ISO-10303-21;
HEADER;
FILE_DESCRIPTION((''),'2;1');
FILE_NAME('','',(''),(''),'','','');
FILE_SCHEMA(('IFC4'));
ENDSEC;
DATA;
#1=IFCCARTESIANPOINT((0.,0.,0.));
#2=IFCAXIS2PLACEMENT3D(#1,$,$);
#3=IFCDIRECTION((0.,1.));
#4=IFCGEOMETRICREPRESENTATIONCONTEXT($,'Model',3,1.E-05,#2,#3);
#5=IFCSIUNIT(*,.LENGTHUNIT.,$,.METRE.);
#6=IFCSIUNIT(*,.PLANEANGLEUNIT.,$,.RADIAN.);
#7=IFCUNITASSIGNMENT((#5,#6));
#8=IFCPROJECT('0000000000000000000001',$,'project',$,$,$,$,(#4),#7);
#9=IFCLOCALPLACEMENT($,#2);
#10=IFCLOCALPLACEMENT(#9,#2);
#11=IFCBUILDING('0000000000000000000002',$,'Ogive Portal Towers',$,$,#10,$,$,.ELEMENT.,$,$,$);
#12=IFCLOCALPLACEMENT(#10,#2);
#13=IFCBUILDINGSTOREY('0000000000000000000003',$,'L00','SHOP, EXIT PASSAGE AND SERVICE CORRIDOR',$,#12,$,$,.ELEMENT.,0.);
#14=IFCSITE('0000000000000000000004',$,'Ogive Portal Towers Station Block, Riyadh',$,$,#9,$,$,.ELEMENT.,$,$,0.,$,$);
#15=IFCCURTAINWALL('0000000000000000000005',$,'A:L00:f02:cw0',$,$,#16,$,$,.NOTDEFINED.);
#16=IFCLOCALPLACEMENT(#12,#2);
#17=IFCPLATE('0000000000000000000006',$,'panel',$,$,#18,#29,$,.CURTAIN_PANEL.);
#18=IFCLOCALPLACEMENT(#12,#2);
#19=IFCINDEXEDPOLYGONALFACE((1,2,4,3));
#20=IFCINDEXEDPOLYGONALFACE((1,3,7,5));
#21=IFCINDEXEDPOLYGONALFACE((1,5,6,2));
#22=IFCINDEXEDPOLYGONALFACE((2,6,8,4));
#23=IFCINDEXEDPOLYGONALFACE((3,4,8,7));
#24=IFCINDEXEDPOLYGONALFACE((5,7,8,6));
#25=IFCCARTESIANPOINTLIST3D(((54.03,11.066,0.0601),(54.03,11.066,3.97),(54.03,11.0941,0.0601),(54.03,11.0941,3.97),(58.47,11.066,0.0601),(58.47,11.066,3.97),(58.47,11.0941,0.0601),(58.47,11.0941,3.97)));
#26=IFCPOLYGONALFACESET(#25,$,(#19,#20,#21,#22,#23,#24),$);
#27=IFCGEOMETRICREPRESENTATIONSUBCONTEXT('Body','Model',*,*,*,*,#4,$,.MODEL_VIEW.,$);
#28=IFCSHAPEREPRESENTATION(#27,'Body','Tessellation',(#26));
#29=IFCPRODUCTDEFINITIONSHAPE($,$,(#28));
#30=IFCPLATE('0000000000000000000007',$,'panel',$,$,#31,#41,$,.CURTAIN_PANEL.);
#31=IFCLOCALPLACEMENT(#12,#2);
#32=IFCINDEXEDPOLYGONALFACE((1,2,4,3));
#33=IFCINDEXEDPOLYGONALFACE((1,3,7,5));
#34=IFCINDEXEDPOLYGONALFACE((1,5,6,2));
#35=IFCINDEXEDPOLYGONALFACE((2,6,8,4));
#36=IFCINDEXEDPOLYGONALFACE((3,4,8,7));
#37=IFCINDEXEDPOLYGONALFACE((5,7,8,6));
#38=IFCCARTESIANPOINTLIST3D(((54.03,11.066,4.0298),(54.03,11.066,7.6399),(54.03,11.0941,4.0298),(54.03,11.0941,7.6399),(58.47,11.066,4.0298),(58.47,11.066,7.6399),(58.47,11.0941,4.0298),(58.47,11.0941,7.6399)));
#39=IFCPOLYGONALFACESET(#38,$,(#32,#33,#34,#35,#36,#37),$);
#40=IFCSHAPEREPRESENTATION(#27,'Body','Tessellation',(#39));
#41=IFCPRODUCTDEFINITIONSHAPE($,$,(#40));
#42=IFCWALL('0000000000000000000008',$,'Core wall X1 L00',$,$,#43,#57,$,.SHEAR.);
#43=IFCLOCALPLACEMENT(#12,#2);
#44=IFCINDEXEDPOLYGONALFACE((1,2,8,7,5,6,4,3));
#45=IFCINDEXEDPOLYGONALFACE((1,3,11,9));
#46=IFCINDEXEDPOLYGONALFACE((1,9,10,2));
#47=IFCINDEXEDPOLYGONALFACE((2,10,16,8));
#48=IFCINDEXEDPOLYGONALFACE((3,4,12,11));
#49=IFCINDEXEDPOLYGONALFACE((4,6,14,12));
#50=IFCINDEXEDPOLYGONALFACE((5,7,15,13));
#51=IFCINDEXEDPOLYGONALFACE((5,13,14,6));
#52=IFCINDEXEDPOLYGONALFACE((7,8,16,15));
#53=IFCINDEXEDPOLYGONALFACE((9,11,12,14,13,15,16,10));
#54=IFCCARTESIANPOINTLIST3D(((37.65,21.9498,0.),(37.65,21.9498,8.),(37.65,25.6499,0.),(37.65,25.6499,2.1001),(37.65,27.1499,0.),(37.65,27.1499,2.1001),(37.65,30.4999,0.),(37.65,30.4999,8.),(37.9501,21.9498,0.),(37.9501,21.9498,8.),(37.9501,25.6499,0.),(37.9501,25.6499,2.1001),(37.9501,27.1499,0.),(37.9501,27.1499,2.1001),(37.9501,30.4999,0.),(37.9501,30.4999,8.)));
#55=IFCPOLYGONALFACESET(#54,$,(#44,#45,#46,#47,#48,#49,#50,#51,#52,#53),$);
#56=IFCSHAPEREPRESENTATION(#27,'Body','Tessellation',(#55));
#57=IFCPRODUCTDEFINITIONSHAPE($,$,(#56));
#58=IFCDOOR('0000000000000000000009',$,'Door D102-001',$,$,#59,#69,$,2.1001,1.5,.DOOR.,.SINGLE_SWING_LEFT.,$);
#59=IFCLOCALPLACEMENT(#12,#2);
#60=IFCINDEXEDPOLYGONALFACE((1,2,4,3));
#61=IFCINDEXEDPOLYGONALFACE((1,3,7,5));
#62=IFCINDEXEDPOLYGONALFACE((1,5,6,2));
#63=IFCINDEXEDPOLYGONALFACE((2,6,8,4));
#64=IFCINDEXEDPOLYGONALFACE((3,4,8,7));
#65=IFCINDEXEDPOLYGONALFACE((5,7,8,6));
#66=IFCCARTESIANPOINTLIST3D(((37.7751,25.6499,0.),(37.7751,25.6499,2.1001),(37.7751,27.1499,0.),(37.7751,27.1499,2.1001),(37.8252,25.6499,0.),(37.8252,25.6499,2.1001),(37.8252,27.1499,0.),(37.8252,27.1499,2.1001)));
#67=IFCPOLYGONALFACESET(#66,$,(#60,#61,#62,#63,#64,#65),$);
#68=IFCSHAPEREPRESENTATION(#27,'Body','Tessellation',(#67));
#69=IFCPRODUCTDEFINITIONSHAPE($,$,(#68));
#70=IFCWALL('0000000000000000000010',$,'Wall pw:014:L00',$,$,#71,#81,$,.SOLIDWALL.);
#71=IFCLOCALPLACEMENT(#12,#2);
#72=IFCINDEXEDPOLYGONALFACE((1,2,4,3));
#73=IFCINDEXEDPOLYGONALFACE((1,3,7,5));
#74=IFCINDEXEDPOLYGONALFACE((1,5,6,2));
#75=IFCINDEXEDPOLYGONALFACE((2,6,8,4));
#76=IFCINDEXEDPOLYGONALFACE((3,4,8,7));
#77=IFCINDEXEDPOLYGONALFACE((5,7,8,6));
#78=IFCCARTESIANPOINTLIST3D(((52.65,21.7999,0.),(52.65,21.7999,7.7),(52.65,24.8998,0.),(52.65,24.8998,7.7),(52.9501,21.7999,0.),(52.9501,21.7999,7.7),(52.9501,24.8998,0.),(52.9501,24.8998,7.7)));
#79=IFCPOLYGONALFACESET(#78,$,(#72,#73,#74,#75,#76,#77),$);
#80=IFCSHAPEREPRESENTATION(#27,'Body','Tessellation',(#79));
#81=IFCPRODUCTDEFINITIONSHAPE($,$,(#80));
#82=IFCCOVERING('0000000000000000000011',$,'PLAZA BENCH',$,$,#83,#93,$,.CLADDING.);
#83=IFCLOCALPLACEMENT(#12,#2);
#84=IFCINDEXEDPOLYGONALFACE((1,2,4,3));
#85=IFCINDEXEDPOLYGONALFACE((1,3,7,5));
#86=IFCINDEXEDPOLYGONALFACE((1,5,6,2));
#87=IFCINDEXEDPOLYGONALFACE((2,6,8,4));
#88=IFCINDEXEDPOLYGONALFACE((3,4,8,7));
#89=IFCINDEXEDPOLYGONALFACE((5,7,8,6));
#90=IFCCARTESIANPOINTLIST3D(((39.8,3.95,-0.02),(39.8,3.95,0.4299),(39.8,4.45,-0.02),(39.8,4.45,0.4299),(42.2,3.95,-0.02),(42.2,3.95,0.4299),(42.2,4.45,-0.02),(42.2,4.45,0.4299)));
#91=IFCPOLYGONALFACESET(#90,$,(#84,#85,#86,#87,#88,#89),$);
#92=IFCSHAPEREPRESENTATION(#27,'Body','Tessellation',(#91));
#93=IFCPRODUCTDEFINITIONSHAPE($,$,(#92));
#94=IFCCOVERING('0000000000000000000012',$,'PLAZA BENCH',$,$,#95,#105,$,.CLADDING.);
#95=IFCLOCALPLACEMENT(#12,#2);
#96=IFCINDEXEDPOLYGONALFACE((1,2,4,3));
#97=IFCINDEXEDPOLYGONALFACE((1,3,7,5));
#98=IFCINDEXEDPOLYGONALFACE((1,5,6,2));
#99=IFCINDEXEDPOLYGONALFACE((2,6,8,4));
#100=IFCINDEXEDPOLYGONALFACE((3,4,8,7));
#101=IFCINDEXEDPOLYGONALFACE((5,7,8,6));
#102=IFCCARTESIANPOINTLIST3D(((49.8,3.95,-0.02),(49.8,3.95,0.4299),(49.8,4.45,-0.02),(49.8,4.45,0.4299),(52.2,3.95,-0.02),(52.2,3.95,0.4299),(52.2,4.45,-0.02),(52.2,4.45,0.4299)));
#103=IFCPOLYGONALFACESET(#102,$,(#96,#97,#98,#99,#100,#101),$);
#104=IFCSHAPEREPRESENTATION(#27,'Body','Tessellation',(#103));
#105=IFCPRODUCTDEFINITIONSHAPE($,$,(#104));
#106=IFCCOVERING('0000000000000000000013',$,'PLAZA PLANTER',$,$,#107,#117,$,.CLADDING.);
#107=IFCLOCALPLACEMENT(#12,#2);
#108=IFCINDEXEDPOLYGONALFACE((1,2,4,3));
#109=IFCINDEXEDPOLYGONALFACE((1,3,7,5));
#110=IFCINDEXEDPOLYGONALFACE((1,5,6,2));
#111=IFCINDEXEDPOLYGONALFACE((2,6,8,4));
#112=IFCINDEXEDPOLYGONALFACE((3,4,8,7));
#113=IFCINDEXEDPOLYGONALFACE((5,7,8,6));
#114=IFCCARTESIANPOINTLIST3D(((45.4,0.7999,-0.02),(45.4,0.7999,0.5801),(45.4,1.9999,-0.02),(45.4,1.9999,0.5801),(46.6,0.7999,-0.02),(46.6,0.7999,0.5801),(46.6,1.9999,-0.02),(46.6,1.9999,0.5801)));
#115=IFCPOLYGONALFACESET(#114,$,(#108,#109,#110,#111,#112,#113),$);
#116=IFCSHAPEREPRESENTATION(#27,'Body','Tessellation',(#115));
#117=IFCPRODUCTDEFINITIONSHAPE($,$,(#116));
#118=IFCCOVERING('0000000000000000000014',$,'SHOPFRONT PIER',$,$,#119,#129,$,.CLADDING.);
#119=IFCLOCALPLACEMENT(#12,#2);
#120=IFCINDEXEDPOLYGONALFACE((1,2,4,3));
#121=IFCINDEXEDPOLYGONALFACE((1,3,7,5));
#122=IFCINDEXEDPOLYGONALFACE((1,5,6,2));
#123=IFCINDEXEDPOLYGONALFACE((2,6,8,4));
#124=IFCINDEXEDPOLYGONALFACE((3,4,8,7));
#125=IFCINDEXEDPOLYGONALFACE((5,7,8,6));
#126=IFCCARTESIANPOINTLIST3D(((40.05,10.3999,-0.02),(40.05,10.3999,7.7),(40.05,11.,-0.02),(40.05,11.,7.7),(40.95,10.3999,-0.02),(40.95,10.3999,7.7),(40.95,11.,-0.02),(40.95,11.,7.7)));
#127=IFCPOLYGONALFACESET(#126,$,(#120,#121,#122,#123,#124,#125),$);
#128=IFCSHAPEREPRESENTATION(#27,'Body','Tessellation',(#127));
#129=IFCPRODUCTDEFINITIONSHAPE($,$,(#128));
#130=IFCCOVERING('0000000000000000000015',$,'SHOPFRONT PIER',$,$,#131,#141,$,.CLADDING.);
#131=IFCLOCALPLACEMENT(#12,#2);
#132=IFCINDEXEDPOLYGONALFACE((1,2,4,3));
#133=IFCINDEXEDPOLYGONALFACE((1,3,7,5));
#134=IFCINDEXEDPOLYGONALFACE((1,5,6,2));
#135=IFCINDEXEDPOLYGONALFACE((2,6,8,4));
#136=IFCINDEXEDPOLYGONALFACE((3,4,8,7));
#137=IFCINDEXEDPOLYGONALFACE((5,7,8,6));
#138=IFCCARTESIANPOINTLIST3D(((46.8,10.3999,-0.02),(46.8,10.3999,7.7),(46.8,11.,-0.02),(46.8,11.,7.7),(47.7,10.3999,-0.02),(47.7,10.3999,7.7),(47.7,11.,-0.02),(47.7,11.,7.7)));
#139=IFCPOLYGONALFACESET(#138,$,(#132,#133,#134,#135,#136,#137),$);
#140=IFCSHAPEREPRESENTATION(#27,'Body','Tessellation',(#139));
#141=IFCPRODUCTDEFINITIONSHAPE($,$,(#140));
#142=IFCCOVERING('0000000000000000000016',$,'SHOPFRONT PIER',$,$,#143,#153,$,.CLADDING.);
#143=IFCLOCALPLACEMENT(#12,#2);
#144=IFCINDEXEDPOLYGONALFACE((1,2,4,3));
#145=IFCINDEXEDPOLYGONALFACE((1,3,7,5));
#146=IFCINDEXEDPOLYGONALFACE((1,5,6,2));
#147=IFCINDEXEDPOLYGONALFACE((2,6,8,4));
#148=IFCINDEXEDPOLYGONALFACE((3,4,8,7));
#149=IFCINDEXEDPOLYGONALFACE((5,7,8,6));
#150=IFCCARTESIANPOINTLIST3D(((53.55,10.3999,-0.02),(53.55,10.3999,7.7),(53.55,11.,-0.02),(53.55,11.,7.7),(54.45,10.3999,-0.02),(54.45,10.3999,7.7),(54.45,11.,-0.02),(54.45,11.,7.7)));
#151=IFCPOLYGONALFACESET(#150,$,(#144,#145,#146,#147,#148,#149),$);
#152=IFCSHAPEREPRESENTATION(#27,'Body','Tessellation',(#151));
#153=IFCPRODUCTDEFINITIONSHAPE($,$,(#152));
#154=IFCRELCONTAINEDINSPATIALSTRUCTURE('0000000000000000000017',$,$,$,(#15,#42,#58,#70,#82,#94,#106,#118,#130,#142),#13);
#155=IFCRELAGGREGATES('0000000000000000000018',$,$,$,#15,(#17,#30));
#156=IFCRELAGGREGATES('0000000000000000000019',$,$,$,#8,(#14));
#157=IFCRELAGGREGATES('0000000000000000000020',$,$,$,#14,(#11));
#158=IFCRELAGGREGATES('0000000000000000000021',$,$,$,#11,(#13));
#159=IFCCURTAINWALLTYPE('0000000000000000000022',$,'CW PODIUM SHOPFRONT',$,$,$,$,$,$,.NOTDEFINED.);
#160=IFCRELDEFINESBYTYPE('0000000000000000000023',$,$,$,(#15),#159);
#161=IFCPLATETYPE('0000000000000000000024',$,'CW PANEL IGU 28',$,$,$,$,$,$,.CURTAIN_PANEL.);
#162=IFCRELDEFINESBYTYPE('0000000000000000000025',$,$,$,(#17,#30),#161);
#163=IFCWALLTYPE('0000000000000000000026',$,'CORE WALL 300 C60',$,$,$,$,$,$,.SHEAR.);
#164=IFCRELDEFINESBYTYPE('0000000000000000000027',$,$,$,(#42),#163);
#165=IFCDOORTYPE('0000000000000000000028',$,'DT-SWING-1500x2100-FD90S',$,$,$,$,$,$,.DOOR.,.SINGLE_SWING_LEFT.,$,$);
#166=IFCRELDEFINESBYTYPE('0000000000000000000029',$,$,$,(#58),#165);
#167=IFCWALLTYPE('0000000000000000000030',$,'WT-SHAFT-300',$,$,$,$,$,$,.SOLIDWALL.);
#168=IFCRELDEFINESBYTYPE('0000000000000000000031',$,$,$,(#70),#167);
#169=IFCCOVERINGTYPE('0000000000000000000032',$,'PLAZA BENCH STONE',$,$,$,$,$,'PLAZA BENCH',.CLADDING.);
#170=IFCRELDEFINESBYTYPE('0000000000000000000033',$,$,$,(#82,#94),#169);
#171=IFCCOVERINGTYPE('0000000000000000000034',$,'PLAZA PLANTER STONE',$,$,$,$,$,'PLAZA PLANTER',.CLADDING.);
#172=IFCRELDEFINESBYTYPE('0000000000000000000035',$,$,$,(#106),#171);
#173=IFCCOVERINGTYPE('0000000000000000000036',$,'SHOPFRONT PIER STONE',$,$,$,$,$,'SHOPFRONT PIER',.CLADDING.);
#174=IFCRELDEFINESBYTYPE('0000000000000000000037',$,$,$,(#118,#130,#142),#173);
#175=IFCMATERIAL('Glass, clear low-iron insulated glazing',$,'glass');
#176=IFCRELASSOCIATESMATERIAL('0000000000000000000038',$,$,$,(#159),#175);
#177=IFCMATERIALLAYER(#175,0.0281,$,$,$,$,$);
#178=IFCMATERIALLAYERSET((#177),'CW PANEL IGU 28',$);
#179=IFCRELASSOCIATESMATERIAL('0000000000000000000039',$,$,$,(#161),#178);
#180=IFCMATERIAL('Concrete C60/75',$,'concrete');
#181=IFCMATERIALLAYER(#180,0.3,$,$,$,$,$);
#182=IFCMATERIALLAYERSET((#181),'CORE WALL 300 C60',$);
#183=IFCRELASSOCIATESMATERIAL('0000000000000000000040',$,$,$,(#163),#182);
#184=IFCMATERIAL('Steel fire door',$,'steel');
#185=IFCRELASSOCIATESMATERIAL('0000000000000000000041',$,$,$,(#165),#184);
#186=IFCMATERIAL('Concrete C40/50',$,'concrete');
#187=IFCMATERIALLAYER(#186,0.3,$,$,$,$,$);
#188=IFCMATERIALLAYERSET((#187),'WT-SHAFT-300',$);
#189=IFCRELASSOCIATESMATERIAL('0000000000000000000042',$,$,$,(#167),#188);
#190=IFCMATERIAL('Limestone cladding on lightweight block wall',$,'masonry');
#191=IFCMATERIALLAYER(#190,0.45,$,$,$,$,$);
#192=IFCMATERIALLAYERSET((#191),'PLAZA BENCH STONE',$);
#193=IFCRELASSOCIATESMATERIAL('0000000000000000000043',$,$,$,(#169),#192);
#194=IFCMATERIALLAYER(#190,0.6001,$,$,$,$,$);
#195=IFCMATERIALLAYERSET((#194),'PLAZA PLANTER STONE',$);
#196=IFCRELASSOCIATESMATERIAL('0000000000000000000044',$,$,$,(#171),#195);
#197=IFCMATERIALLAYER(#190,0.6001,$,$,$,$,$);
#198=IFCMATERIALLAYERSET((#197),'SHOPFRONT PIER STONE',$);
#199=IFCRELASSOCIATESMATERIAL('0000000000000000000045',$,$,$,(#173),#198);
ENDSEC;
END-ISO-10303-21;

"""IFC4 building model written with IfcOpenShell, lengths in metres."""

from ifc_helpers import new_model, si_unit, direction, frame, frame_2d, origin, origin_2d, place, context, subcontext, project, spatial, rectangle, extrude, material, layer, layer_set, type_object, element, fill, aggregate, save


model = new_model("IFC4")

# Units and contexts
model_context = context("Model", 3, precision=1e-05, world=origin(), true_north=direction((0.0, 1.0)))
body_context = subcontext(model_context, "Body", "Model", "MODEL_VIEW")
ifc_project = project(units=[si_unit("LENGTHUNIT", "METRE"), si_unit("PLANEANGLEUNIT", "RADIAN")], contexts=[model_context])

# Site, building, storey
site_placement = place(None, origin())
site = spatial("IfcSite", under=ifc_project, at=site_placement, Name="Ogive Portal Towers Station Block, Riyadh", CompositionType="ELEMENT", RefElevation=0.0)
building_placement = place(site_placement, origin())
building = spatial("IfcBuilding", under=site, at=building_placement, Name="Ogive Portal Towers", CompositionType="ELEMENT")
storey_placement = place(building_placement, origin())
storey = spatial("IfcBuildingStorey", under=building, at=storey_placement, Name="L00", Description="SHOP, EXIT PASSAGE AND SERVICE CORRIDOR", CompositionType="ELEMENT", Elevation=0.0)

# Curtain wall, plates
ifc_material_1 = material(Name="Glass, clear low-iron insulated glazing", Category="glass")
curtain_wall_type = type_object("IfcCurtainWallType", Name="CW PODIUM SHOPFRONT", PredefinedType="NOTDEFINED", material=ifc_material_1)
curtain_wall_placement = place(storey_placement, origin())
curtain_wall = element("IfcCurtainWall", 1, at=curtain_wall_placement, inside=storey, type_object=curtain_wall_type, Name="A:L00:f02:cw0", PredefinedType="NOTDEFINED")
ifc_layer_1 = layer(ifc_material_1, 0.0281)
ifc_layer_set_1 = layer_set([ifc_layer_1], Name="CW PANEL IGU 28")
plate_type = type_object("IfcPlateType", Name="CW PANEL IGU 28", PredefinedType="CURTAIN_PANEL", material=ifc_layer_set_1)
plate_1_placement = place(storey_placement, frame((56.25, 11.0801, 0.0601), z_axis=(0.0, 0.0, 1.0), x_axis=(1.0, 0.0, 0.0)))
plate_1 = element("IfcPlate", 2, at=plate_1_placement, type_object=plate_type, Name="panel", PredefinedType="CURTAIN_PANEL", context=body_context, shape_type="SweptSolid", body=[
    extrude(rectangle(XDim=4.4399, YDim=0.0281, at=origin_2d()), origin(), (0.0, 0.0, 1.0), 3.9099),
])
plate_2_placement = place(storey_placement, frame((56.25, 11.0801, 4.0298), z_axis=(0.0, 0.0, 1.0), x_axis=(1.0, 0.0, 0.0)))
plate_2 = element("IfcPlate", 3, at=plate_2_placement, type_object=plate_type, Name="panel", PredefinedType="CURTAIN_PANEL", context=body_context, shape_type="SweptSolid", body=[
    extrude(rectangle(XDim=4.4399, YDim=0.0281, at=origin_2d()), origin(), (0.0, 0.0, 1.0), 3.6101),
])
aggregate(curtain_wall, [plate_1, plate_2])

# Wall, opening, door
ifc_material_2 = material(Name="Concrete C60/75", Category="concrete")
ifc_layer_2 = layer(ifc_material_2, 0.3)
ifc_layer_set_2 = layer_set([ifc_layer_2], Name="CORE WALL 300 C60")
wall_type_1 = type_object("IfcWallType", Name="CORE WALL 300 C60", PredefinedType="SHEAR", material=ifc_layer_set_2)
wall_1_placement = place(storey_placement, frame((37.8, 21.95, 0.0), z_axis=(0.0, 0.0, 1.0), x_axis=(0.0, 1.0, 0.0)))
wall_1 = element("IfcWall", 4, at=wall_1_placement, inside=storey, type_object=wall_type_1, Name="Core wall X1 L00", PredefinedType="SHEAR", context=body_context, shape_type="SweptSolid", body=[
    extrude(rectangle(XDim=8.55, YDim=0.3, at=frame_2d((4.2749, 0.0))), origin(), (0.0, 0.0, 1.0), 8.0),
])
opening_placement = place(wall_1_placement, frame((3.7, 0.0, 0.0)))
opening = element("IfcOpeningElement", 5, at=opening_placement, cuts=wall_1, PredefinedType="OPENING", context=body_context, shape_type="SweptSolid", body=[
    extrude(rectangle(XDim=1.5, YDim=2.1001, at=frame_2d((0.75, 1.05))), frame((0.0, 0.1602, 0.0), z_axis=(0.0, -1.0, 0.0), x_axis=(1.0, 0.0, 0.0)), (0.0, 0.0, 1.0), 0.3201),
])
ifc_material_3 = material(Name="Steel fire door", Category="steel")
door_type = type_object("IfcDoorType", Name="DT-SWING-1500x2100-FD90S", OperationType="SINGLE_SWING_LEFT", PredefinedType="DOOR", material=ifc_material_3)
door_placement = place(opening_placement, origin())
door = element("IfcDoor", 6, at=door_placement, inside=storey, type_object=door_type, Name="Door D102-001", OperationType="SINGLE_SWING_LEFT", OverallHeight=2.1001, OverallWidth=1.5, PredefinedType="DOOR", context=body_context, shape_type="SweptSolid", body=[
    extrude(rectangle(XDim=1.5, YDim=2.1001, at=frame_2d((0.75, 1.05))), frame((0.0, 0.0249, 0.0), z_axis=(0.0, -1.0, 0.0), x_axis=(1.0, 0.0, 0.0)), (0.0, 0.0, 1.0), 0.05),
])
fill(opening, door)

# Wall
ifc_material_4 = material(Name="Concrete C40/50", Category="concrete")
ifc_layer_3 = layer(ifc_material_4, 0.3)
ifc_layer_set_3 = layer_set([ifc_layer_3], Name="WT-SHAFT-300")
wall_type_2 = type_object("IfcWallType", Name="WT-SHAFT-300", PredefinedType="SOLIDWALL", material=ifc_layer_set_3)
wall_2_placement = place(storey_placement, frame((52.8, 21.8, 0.0), z_axis=(0.0, 0.0, 1.0), x_axis=(0.0, 1.0, 0.0)))
element("IfcWall", 7, at=wall_2_placement, inside=storey, type_object=wall_type_2, Name="Wall pw:014:L00", PredefinedType="SOLIDWALL", context=body_context, shape_type="SweptSolid", body=[
    extrude(rectangle(XDim=3.0999, YDim=0.3, at=frame_2d((1.5498, 0.0))), origin(), (0.0, 0.0, 1.0), 7.7),
])

# Coverings
ifc_material_5 = material(Name="Limestone cladding on lightweight block wall", Category="masonry")
ifc_layer_4 = layer(ifc_material_5, 0.45)
ifc_layer_set_4 = layer_set([ifc_layer_4], Name="PLAZA BENCH STONE")
covering_type_1 = type_object("IfcCoveringType", Name="PLAZA BENCH STONE", ElementType="PLAZA BENCH", PredefinedType="CLADDING", material=ifc_layer_set_4)
for number, where, z_axis, x_axis, name in (
    (8, (41.0, 4.2, -0.02), (0.0, 0.0, 1.0), (1.0, 0.0, 0.0), "PLAZA BENCH"),
    (9, (51.0, 4.2, -0.02), (0.0, 0.0, 1.0), (1.0, 0.0, 0.0), "PLAZA BENCH"),
):
    element("IfcCovering", number, at=place(storey_placement, frame(where, z_axis=z_axis, x_axis=x_axis)), inside=storey, type_object=covering_type_1, Name=name, PredefinedType="CLADDING", context=body_context, shape_type="SweptSolid", body=[
        extrude(rectangle(XDim=2.3999, YDim=0.5, at=origin_2d()), origin(), (0.0, 0.0, 1.0), 0.45),
    ])
ifc_layer_5 = layer(ifc_material_5, 0.6001)
ifc_layer_set_5 = layer_set([ifc_layer_5], Name="PLAZA PLANTER STONE")
covering_type_2 = type_object("IfcCoveringType", Name="PLAZA PLANTER STONE", ElementType="PLAZA PLANTER", PredefinedType="CLADDING", material=ifc_layer_set_5)
covering_1_placement = place(storey_placement, frame((46.0, 1.3999, -0.02), z_axis=(0.0, 0.0, 1.0), x_axis=(1.0, 0.0, 0.0)))
element("IfcCovering", 10, at=covering_1_placement, inside=storey, type_object=covering_type_2, Name="PLAZA PLANTER", PredefinedType="CLADDING", context=body_context, shape_type="SweptSolid", body=[
    extrude(rectangle(XDim=1.2, YDim=1.2, at=origin_2d()), origin(), (0.0, 0.0, 1.0), 0.6001),
])
ifc_layer_6 = layer(ifc_material_5, 0.6001)
ifc_layer_set_6 = layer_set([ifc_layer_6], Name="SHOPFRONT PIER STONE")
covering_type_3 = type_object("IfcCoveringType", Name="SHOPFRONT PIER STONE", ElementType="SHOPFRONT PIER", PredefinedType="CLADDING", material=ifc_layer_set_6)
for number, where, z_axis, x_axis, name in (
    (11, (40.5, 10.7, -0.02), (0.0, 0.0, 1.0), (1.0, 0.0, 0.0), "SHOPFRONT PIER"),
    (12, (47.25, 10.7, -0.02), (0.0, 0.0, 1.0), (1.0, 0.0, 0.0), "SHOPFRONT PIER"),
    (13, (54.0, 10.7, -0.02), (0.0, 0.0, 1.0), (1.0, 0.0, 0.0), "SHOPFRONT PIER"),
):
    element("IfcCovering", number, at=place(storey_placement, frame(where, z_axis=z_axis, x_axis=x_axis)), inside=storey, type_object=covering_type_3, Name=name, PredefinedType="CLADDING", context=body_context, shape_type="SweptSolid", body=[
        extrude(rectangle(XDim=0.8999, YDim=0.6001, at=origin_2d()), origin(), (0.0, 0.0, 1.0), 7.72),
    ])

save(model, "model.ifc")
